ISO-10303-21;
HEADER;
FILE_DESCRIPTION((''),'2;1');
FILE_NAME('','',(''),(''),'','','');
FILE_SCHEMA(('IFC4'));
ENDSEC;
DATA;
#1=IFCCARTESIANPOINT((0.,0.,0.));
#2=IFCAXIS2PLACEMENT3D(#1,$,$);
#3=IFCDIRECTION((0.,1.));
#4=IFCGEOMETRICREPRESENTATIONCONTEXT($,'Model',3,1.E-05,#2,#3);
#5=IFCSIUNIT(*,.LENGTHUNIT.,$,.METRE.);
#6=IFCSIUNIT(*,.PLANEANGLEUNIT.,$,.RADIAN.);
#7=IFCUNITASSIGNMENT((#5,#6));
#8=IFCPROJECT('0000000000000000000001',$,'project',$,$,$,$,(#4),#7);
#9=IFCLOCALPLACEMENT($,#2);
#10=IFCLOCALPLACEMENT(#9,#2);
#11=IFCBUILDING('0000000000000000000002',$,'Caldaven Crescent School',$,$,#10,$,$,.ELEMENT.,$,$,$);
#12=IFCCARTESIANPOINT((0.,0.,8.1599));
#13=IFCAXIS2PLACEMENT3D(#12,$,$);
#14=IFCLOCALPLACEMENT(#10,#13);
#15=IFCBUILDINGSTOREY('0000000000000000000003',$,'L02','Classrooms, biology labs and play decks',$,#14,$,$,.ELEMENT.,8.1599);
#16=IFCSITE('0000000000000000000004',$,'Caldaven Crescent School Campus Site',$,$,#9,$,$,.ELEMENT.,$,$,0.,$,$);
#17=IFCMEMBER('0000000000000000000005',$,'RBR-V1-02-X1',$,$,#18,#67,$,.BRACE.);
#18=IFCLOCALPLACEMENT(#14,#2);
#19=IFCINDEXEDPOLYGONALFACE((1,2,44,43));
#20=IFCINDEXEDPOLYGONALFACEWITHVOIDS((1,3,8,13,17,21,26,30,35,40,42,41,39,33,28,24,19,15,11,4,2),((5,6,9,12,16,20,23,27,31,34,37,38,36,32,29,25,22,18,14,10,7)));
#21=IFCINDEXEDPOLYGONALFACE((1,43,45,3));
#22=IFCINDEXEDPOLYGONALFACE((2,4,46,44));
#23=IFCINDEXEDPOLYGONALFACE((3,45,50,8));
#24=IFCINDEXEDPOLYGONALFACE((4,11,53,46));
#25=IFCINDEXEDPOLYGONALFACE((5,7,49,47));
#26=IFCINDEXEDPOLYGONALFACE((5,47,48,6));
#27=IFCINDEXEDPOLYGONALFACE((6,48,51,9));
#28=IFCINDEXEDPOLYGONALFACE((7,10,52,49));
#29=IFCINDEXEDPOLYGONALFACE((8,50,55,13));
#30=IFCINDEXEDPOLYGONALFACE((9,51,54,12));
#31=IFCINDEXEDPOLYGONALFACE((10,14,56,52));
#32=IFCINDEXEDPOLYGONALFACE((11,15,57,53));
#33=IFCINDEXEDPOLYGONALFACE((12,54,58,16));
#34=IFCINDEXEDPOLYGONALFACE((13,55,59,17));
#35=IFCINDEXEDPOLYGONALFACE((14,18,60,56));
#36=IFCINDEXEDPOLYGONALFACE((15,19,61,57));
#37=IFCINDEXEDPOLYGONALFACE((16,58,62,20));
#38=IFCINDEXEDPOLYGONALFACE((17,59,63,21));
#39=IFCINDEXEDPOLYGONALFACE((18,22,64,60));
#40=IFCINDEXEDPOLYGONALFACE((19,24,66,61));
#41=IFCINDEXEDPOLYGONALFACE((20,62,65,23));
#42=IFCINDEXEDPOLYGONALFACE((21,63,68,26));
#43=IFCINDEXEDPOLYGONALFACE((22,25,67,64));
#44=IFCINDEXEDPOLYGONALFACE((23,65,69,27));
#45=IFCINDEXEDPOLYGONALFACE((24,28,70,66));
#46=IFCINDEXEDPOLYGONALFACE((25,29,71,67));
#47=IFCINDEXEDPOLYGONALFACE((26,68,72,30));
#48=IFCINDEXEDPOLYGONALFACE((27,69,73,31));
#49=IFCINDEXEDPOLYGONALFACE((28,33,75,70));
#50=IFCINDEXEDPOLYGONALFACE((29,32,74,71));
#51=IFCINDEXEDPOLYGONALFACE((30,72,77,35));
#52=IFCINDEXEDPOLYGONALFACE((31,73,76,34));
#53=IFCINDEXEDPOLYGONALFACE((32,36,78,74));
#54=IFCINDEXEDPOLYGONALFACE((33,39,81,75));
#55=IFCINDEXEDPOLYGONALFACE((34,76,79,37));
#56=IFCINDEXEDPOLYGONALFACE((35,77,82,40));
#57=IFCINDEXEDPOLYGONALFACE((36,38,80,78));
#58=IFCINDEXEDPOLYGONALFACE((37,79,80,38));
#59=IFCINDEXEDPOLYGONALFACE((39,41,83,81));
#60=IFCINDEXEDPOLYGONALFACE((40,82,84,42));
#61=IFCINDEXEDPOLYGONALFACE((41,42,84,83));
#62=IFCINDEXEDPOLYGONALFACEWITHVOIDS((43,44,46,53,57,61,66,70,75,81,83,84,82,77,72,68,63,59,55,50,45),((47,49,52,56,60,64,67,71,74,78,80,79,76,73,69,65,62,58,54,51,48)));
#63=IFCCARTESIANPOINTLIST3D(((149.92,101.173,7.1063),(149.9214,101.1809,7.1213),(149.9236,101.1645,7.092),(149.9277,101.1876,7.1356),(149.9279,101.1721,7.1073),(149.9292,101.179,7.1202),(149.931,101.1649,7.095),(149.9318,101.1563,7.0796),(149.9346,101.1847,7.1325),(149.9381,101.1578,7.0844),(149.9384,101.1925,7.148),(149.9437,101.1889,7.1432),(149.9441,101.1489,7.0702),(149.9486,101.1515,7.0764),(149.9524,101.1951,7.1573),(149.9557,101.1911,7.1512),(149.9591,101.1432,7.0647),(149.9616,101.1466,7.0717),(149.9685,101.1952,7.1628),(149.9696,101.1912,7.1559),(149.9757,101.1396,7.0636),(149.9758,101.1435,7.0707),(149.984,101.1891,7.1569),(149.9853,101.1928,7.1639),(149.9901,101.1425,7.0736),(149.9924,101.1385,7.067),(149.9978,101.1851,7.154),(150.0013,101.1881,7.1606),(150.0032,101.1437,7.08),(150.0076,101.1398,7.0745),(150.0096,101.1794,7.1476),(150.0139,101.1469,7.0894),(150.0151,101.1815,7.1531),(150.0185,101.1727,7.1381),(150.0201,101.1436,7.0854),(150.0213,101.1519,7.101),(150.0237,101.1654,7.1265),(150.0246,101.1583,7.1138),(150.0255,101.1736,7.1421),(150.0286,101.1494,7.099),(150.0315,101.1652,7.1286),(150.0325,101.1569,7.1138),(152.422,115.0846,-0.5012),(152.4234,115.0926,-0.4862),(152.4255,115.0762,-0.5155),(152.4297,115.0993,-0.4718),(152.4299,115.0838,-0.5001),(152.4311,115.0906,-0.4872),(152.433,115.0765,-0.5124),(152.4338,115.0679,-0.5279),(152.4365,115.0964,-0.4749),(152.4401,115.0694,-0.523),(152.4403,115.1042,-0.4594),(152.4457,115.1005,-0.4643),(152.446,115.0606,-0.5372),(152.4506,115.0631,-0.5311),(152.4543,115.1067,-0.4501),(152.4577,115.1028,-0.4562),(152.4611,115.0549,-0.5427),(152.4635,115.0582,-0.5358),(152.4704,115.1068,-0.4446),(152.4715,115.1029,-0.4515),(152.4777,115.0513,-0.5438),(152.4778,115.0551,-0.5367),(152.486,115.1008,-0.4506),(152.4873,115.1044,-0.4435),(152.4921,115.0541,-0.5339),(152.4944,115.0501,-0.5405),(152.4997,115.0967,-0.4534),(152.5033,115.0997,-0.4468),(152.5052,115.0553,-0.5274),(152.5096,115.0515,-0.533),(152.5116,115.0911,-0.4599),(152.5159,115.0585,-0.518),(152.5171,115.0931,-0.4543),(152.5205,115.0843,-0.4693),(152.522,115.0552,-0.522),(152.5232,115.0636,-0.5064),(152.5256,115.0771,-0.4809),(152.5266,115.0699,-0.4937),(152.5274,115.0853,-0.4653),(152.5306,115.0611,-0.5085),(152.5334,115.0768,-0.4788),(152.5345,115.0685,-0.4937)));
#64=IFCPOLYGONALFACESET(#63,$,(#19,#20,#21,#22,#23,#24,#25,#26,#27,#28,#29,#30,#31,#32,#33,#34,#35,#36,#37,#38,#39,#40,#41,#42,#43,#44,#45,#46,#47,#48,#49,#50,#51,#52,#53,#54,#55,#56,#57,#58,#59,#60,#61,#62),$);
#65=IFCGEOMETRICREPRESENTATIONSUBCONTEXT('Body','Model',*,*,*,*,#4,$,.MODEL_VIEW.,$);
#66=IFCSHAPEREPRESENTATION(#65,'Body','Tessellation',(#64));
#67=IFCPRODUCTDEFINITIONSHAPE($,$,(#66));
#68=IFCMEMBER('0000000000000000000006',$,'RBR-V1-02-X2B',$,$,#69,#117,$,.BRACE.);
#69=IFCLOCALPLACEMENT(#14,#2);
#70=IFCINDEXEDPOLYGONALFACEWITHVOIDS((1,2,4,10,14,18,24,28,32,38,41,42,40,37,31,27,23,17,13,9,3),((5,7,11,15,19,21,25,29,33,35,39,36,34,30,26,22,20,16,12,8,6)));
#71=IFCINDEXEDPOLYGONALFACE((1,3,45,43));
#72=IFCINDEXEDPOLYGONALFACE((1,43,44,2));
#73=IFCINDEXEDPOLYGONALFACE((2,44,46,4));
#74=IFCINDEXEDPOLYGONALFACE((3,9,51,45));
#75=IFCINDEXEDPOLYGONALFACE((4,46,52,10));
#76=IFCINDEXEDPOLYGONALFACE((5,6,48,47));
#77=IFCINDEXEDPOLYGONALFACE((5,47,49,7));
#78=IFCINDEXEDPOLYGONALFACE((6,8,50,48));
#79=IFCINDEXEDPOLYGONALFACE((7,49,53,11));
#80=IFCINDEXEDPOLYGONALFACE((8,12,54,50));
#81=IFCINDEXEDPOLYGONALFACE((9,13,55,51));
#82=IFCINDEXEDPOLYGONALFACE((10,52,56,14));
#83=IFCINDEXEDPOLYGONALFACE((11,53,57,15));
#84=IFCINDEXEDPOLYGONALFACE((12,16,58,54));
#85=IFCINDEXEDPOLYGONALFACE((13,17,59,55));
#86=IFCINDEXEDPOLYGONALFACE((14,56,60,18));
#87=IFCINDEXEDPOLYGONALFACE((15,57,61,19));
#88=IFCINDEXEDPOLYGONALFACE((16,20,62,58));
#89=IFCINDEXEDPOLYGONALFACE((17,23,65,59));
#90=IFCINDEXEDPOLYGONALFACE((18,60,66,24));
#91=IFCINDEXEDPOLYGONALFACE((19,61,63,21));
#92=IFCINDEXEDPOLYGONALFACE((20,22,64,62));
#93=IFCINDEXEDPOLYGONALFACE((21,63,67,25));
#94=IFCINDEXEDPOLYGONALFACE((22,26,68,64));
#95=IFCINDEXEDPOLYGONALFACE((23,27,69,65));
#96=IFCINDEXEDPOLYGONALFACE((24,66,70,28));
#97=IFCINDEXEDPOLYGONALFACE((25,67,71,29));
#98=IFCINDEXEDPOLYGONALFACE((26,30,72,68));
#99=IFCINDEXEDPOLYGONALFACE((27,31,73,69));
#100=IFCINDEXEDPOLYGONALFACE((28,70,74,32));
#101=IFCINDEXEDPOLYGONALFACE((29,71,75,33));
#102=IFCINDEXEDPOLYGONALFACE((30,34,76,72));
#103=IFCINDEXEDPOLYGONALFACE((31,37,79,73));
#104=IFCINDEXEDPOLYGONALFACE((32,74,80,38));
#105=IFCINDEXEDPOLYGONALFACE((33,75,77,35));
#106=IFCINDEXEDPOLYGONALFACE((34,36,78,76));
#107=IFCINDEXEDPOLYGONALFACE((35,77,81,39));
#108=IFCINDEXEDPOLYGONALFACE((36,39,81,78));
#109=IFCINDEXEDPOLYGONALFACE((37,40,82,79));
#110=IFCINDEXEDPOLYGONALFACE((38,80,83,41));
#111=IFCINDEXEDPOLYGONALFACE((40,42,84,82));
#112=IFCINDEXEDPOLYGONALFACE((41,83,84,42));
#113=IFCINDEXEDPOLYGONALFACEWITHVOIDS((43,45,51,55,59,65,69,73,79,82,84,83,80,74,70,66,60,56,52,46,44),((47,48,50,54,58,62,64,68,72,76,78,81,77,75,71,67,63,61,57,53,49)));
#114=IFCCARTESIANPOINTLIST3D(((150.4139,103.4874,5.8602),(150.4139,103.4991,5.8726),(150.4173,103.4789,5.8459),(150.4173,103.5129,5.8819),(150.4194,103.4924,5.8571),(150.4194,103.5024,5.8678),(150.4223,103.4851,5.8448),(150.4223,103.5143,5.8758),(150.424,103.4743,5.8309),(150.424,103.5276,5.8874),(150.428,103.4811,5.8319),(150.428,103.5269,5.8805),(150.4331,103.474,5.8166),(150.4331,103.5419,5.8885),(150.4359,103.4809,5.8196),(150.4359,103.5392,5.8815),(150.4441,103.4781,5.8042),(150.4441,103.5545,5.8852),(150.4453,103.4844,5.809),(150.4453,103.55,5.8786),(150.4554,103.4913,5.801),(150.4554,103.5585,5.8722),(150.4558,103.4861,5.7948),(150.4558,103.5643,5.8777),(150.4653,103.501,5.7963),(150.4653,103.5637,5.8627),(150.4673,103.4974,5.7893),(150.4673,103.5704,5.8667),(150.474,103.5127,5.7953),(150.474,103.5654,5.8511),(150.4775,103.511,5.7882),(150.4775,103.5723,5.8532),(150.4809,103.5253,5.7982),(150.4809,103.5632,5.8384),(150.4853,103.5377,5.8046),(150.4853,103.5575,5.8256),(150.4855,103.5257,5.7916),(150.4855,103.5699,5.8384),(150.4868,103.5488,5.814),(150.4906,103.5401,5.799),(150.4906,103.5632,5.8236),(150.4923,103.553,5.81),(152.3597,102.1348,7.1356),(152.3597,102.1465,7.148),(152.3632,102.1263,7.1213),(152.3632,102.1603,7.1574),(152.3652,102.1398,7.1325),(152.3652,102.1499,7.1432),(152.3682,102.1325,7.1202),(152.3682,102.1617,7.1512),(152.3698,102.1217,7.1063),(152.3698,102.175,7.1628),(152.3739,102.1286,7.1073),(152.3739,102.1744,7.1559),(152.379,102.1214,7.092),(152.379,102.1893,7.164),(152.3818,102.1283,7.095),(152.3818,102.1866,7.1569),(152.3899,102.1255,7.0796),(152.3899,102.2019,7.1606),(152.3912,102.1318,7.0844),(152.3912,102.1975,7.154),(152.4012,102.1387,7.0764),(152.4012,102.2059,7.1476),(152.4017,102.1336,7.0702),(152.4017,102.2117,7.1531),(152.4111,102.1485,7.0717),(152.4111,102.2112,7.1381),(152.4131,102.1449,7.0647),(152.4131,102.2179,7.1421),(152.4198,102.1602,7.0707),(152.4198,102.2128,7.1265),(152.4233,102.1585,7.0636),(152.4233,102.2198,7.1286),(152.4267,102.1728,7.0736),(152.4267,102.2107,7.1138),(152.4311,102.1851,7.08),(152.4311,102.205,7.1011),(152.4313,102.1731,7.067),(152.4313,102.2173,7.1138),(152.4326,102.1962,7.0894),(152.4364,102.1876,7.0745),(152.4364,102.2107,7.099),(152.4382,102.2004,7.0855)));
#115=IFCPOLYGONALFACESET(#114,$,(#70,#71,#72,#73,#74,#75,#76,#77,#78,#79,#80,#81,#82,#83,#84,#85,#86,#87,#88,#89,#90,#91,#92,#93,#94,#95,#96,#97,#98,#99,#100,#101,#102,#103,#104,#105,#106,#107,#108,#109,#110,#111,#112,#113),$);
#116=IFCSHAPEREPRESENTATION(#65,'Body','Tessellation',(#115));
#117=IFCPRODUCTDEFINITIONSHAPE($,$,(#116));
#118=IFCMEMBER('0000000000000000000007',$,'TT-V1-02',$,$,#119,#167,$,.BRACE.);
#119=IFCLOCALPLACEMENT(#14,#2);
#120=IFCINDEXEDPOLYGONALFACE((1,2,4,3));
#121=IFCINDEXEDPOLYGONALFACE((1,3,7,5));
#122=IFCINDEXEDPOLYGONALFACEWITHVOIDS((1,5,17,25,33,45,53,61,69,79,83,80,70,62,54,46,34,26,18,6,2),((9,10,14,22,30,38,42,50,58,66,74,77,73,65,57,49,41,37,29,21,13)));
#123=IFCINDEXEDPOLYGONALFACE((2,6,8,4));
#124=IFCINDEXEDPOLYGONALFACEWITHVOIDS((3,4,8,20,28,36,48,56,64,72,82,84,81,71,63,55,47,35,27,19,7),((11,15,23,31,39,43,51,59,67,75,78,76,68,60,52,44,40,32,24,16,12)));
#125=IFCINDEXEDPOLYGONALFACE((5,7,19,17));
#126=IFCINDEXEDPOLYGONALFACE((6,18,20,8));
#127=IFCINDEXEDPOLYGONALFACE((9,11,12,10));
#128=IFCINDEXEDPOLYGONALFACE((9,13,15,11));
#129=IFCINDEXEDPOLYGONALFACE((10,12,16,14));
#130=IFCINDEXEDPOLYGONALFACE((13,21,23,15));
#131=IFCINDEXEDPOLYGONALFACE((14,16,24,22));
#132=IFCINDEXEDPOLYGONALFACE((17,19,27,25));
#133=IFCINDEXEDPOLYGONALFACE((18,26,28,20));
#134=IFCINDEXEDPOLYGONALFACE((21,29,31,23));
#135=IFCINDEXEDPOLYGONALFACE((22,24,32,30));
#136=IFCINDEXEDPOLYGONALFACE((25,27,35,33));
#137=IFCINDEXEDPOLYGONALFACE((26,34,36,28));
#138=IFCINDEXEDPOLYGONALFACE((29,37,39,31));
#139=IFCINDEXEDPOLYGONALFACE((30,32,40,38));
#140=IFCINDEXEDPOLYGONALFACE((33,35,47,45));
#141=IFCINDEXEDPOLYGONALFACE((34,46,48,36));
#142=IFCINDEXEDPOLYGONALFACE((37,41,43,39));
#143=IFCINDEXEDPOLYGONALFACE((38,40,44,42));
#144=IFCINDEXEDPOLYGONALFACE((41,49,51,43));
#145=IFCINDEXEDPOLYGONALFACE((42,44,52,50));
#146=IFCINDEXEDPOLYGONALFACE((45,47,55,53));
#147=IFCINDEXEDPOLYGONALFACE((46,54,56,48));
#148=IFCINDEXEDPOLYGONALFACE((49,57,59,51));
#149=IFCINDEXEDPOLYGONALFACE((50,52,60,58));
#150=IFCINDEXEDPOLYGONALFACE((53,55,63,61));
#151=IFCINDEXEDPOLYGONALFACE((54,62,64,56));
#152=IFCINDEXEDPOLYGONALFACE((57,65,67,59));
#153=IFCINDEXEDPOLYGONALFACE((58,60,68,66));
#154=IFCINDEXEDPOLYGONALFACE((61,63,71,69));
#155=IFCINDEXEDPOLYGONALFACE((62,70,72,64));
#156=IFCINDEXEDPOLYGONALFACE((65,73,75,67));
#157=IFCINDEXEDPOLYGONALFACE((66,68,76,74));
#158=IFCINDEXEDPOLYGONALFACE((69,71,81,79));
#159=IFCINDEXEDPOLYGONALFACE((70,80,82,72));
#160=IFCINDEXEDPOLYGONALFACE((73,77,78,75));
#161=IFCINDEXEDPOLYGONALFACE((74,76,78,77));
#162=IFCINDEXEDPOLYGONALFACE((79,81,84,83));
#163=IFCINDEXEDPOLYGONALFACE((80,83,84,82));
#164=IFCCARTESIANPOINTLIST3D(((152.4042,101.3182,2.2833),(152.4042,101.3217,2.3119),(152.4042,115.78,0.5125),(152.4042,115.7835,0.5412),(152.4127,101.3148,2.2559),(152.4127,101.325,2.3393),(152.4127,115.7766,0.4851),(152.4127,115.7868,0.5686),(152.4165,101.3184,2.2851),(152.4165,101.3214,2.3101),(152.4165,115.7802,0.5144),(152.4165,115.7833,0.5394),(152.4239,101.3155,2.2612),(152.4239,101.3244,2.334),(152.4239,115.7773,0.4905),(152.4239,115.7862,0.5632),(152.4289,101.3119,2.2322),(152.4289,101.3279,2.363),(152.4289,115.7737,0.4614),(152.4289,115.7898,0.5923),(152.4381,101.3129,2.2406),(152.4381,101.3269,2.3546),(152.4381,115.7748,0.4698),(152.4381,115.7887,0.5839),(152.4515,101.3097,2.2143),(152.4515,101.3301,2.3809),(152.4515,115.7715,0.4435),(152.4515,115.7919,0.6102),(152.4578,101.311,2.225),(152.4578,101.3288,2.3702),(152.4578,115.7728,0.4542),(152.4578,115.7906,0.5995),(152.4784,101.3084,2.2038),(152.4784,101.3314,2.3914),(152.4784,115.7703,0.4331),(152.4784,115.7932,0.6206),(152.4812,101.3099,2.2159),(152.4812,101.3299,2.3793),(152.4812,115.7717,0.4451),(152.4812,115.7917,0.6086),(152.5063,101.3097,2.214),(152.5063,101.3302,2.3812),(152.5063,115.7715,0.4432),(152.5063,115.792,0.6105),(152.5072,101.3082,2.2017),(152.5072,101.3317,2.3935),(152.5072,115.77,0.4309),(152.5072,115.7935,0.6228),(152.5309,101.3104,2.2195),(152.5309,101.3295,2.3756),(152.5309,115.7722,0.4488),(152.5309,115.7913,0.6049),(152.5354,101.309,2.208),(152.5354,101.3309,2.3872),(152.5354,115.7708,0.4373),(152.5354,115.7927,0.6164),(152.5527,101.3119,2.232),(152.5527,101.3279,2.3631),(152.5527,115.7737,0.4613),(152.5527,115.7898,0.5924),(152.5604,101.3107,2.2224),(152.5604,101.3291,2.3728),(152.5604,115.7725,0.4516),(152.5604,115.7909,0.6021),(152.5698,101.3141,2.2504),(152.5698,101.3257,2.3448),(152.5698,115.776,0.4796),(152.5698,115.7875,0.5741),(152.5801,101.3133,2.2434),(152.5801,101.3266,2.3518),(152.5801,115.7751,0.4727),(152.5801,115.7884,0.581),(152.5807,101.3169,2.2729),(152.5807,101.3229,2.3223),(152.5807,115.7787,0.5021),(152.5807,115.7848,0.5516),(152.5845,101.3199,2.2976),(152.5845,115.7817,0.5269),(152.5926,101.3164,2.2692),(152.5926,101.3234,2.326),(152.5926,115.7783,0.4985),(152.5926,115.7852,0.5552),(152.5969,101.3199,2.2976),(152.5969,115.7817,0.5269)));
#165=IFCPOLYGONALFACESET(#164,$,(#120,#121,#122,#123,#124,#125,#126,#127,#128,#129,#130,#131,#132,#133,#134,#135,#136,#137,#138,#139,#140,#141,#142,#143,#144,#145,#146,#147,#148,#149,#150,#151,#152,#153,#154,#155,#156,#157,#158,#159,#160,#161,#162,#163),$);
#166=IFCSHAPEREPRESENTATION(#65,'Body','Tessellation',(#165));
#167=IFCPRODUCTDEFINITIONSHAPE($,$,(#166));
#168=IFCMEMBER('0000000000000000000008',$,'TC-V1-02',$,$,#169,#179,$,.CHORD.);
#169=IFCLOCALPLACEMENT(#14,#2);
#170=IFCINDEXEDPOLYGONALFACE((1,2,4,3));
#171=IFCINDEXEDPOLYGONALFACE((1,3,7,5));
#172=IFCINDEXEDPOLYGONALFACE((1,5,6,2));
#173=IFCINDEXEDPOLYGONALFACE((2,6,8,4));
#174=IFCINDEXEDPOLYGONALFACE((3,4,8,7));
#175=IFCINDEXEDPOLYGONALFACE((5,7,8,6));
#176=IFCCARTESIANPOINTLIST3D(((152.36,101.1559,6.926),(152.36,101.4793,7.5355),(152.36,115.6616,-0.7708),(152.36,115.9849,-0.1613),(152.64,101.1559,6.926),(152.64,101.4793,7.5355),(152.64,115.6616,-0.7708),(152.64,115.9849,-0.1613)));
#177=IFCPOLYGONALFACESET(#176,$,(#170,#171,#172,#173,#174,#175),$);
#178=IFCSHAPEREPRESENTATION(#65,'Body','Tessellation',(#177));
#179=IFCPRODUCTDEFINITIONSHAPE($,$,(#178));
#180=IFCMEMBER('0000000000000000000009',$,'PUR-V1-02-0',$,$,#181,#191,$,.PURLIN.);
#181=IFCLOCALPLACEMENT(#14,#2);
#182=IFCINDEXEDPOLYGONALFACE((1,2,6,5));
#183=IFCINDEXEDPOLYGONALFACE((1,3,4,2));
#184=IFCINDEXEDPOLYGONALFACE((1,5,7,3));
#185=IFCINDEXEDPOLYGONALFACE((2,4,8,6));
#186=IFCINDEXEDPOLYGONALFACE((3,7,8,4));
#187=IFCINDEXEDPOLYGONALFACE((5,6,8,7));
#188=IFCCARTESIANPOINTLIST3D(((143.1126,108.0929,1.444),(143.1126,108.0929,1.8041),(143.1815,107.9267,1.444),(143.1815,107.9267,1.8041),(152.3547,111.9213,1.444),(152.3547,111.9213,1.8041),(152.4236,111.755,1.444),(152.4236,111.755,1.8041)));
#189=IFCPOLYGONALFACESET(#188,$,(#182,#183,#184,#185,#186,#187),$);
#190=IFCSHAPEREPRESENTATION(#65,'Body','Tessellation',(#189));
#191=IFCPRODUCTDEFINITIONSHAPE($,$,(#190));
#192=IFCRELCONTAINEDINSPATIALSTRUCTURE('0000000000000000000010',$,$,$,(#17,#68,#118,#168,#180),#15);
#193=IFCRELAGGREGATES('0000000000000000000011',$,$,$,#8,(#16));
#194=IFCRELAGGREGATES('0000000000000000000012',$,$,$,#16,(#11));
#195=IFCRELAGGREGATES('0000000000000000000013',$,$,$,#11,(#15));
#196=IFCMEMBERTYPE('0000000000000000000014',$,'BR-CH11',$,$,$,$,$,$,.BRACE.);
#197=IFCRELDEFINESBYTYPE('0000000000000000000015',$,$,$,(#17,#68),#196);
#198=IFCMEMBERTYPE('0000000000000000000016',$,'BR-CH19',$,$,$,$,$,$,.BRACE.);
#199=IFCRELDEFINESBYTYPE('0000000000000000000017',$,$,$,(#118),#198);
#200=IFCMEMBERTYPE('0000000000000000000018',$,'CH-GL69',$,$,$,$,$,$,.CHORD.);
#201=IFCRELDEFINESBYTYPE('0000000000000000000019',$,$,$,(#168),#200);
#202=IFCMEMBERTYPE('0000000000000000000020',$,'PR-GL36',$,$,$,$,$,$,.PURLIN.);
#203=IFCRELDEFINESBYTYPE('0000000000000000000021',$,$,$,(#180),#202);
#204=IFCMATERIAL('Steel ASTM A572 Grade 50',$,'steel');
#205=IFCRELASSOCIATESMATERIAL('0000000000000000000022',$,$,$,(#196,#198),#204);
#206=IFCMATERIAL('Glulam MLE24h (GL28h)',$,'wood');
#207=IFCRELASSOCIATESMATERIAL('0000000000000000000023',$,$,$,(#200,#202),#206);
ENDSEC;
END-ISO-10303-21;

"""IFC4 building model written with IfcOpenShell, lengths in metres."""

from ifc_helpers import new_model, si_unit, direction, frame, origin, origin_2d, place, context, subcontext, project, spatial, rectangle, hollow_circle, extrude, material, material_profile, profile_set, type_object, element, save


model = new_model("IFC4")

# Units and contexts
model_context = context("Model", 3, precision=1e-05, world=origin(), true_north=direction((0.0, 1.0)))
body_context = subcontext(model_context, "Body", "Model", "MODEL_VIEW")
ifc_project = project(units=[si_unit("LENGTHUNIT", "METRE"), si_unit("PLANEANGLEUNIT", "RADIAN")], contexts=[model_context])

# Site, building, storey
site_placement = place(None, origin())
site = spatial("IfcSite", under=ifc_project, at=site_placement, Name="Caldaven Crescent School Campus Site", CompositionType="ELEMENT", RefElevation=0.0)
building_placement = place(site_placement, origin())
building = spatial("IfcBuilding", under=site, at=building_placement, Name="Caldaven Crescent School", CompositionType="ELEMENT")
storey_placement = place(building_placement, frame((0.0, 0.0, 8.1599)))
storey = spatial("IfcBuildingStorey", under=building, at=storey_placement, Name="L02", Description="Classrooms, biology labs and play decks", CompositionType="ELEMENT", Elevation=8.1599)

# Shared definitions
ifc_material_1 = material(Name="Steel ASTM A572 Grade 50", Category="steel")

# Shared definitions
ifc_material_2 = material(Name="Glulam MLE24h (GL28h)", Category="wood")

# Members
ifc_material_profile_1 = material_profile(ifc_material_1, hollow_circle(Radius=0.0571, WallThickness=0.0081, at=origin_2d()), Name="CHS 114.3x8.0")
ifc_profile_set_1 = profile_set([ifc_material_profile_1], Name="Steel ASTM A572 Grade 50")
member_type_1 = type_object("IfcMemberType", Name="BR-CH11", PredefinedType="BRACE", material=ifc_profile_set_1)
member_1_placement = place(storey_placement, frame((152.4783, 115.0786, -0.4937), z_axis=(-0.155866, -0.866661, 0.473924), x_axis=(0.98421, -0.177006, 0.0)))
element("IfcMember", 1, at=member_1_placement, inside=storey, type_object=member_type_1, Name="RBR-V1-02-X1", PredefinedType="BRACE", context=body_context, shape_type="SweptSolid", body=[
    extrude(hollow_circle(Radius=0.0571, WallThickness=0.0081, at=origin_2d()), origin(), (0.0, 0.0, 1.0), 16.052),
])
member_2_placement = place(storey_placement, frame((150.4529, 103.5229, 5.8384), z_axis=(0.723045, -0.502593, 0.473926), x_axis=(0.570763, 0.821115, 0.0)))
element("IfcMember", 2, at=member_2_placement, inside=storey, type_object=member_type_1, Name="RBR-V1-02-X2B", PredefinedType="BRACE", context=body_context, shape_type="SweptSolid", body=[
    extrude(hollow_circle(Radius=0.0571, WallThickness=0.0081, at=origin_2d()), origin(), (0.0, 0.0, 1.0), 2.6912),
])
ifc_material_profile_2 = material_profile(ifc_material_1, hollow_circle(Radius=0.0969, WallThickness=0.0125, at=origin_2d()), Name="CHS 193.7x12.5")
ifc_profile_set_2 = profile_set([ifc_material_profile_2], Name="Steel ASTM A572 Grade 50")
member_type_2 = type_object("IfcMemberType", Name="BR-CH19", PredefinedType="BRACE", material=ifc_profile_set_2)
member_3_placement = place(storey_placement, frame((152.5, 115.7817, 0.5269), z_axis=(0.0, -0.992587, 0.121535), x_axis=(1.0, 0.0, 0.0)))
element("IfcMember", 3, at=member_3_placement, inside=storey, type_object=member_type_2, Name="TT-V1-02", PredefinedType="BRACE", context=body_context, shape_type="SweptSolid", body=[
    extrude(hollow_circle(Radius=0.0969, WallThickness=0.0125, at=origin_2d()), origin(), (0.0, 0.0, 1.0), 14.5698),
])
ifc_material_profile_3 = material_profile(ifc_material_2, rectangle(XDim=0.28, YDim=0.6899, at=origin_2d()), Name="MLE 280x690")
ifc_profile_set_3 = profile_set([ifc_material_profile_3], Name="Glulam MLE24h (GL28h)")
member_type_3 = type_object("IfcMemberType", Name="CH-GL69", PredefinedType="CHORD", material=ifc_profile_set_3)
member_4_placement = place(storey_placement, frame((152.5, 115.8232, -0.4661), z_axis=(0.0, -0.883351, 0.468712), x_axis=(1.0, 0.0, 0.0)))
element("IfcMember", 4, at=member_4_placement, inside=storey, type_object=member_type_3, Name="TC-V1-02", PredefinedType="CHORD", context=body_context, shape_type="SweptSolid", body=[
    extrude(rectangle(XDim=0.28, YDim=0.6899, at=origin_2d()), origin(), (0.0, 0.0, 1.0), 16.4211),
])
ifc_material_profile_4 = material_profile(ifc_material_2, rectangle(XDim=0.1799, YDim=0.3601, at=origin_2d()), Name="MLE 180x360")
ifc_profile_set_4 = profile_set([ifc_material_profile_4], Name="Glulam MLE24h (GL28h)")
member_type_4 = type_object("IfcMemberType", Name="PR-GL36", PredefinedType="PURLIN", material=ifc_profile_set_4)
member_5_placement = place(storey_placement, frame((152.3892, 111.8381, 1.624), z_axis=(-0.923875, -0.382695, 0.0), x_axis=(0.382695, -0.923875, 0.0)))
element("IfcMember", 5, at=member_5_placement, inside=storey, type_object=member_type_4, Name="PUR-V1-02-0", PredefinedType="PURLIN", context=body_context, shape_type="SweptSolid", body=[
    extrude(rectangle(XDim=0.1799, YDim=0.3601, at=origin_2d()), origin(), (0.0, 0.0, 1.0), 10.0037),
])

save(model, "model.ifc")
